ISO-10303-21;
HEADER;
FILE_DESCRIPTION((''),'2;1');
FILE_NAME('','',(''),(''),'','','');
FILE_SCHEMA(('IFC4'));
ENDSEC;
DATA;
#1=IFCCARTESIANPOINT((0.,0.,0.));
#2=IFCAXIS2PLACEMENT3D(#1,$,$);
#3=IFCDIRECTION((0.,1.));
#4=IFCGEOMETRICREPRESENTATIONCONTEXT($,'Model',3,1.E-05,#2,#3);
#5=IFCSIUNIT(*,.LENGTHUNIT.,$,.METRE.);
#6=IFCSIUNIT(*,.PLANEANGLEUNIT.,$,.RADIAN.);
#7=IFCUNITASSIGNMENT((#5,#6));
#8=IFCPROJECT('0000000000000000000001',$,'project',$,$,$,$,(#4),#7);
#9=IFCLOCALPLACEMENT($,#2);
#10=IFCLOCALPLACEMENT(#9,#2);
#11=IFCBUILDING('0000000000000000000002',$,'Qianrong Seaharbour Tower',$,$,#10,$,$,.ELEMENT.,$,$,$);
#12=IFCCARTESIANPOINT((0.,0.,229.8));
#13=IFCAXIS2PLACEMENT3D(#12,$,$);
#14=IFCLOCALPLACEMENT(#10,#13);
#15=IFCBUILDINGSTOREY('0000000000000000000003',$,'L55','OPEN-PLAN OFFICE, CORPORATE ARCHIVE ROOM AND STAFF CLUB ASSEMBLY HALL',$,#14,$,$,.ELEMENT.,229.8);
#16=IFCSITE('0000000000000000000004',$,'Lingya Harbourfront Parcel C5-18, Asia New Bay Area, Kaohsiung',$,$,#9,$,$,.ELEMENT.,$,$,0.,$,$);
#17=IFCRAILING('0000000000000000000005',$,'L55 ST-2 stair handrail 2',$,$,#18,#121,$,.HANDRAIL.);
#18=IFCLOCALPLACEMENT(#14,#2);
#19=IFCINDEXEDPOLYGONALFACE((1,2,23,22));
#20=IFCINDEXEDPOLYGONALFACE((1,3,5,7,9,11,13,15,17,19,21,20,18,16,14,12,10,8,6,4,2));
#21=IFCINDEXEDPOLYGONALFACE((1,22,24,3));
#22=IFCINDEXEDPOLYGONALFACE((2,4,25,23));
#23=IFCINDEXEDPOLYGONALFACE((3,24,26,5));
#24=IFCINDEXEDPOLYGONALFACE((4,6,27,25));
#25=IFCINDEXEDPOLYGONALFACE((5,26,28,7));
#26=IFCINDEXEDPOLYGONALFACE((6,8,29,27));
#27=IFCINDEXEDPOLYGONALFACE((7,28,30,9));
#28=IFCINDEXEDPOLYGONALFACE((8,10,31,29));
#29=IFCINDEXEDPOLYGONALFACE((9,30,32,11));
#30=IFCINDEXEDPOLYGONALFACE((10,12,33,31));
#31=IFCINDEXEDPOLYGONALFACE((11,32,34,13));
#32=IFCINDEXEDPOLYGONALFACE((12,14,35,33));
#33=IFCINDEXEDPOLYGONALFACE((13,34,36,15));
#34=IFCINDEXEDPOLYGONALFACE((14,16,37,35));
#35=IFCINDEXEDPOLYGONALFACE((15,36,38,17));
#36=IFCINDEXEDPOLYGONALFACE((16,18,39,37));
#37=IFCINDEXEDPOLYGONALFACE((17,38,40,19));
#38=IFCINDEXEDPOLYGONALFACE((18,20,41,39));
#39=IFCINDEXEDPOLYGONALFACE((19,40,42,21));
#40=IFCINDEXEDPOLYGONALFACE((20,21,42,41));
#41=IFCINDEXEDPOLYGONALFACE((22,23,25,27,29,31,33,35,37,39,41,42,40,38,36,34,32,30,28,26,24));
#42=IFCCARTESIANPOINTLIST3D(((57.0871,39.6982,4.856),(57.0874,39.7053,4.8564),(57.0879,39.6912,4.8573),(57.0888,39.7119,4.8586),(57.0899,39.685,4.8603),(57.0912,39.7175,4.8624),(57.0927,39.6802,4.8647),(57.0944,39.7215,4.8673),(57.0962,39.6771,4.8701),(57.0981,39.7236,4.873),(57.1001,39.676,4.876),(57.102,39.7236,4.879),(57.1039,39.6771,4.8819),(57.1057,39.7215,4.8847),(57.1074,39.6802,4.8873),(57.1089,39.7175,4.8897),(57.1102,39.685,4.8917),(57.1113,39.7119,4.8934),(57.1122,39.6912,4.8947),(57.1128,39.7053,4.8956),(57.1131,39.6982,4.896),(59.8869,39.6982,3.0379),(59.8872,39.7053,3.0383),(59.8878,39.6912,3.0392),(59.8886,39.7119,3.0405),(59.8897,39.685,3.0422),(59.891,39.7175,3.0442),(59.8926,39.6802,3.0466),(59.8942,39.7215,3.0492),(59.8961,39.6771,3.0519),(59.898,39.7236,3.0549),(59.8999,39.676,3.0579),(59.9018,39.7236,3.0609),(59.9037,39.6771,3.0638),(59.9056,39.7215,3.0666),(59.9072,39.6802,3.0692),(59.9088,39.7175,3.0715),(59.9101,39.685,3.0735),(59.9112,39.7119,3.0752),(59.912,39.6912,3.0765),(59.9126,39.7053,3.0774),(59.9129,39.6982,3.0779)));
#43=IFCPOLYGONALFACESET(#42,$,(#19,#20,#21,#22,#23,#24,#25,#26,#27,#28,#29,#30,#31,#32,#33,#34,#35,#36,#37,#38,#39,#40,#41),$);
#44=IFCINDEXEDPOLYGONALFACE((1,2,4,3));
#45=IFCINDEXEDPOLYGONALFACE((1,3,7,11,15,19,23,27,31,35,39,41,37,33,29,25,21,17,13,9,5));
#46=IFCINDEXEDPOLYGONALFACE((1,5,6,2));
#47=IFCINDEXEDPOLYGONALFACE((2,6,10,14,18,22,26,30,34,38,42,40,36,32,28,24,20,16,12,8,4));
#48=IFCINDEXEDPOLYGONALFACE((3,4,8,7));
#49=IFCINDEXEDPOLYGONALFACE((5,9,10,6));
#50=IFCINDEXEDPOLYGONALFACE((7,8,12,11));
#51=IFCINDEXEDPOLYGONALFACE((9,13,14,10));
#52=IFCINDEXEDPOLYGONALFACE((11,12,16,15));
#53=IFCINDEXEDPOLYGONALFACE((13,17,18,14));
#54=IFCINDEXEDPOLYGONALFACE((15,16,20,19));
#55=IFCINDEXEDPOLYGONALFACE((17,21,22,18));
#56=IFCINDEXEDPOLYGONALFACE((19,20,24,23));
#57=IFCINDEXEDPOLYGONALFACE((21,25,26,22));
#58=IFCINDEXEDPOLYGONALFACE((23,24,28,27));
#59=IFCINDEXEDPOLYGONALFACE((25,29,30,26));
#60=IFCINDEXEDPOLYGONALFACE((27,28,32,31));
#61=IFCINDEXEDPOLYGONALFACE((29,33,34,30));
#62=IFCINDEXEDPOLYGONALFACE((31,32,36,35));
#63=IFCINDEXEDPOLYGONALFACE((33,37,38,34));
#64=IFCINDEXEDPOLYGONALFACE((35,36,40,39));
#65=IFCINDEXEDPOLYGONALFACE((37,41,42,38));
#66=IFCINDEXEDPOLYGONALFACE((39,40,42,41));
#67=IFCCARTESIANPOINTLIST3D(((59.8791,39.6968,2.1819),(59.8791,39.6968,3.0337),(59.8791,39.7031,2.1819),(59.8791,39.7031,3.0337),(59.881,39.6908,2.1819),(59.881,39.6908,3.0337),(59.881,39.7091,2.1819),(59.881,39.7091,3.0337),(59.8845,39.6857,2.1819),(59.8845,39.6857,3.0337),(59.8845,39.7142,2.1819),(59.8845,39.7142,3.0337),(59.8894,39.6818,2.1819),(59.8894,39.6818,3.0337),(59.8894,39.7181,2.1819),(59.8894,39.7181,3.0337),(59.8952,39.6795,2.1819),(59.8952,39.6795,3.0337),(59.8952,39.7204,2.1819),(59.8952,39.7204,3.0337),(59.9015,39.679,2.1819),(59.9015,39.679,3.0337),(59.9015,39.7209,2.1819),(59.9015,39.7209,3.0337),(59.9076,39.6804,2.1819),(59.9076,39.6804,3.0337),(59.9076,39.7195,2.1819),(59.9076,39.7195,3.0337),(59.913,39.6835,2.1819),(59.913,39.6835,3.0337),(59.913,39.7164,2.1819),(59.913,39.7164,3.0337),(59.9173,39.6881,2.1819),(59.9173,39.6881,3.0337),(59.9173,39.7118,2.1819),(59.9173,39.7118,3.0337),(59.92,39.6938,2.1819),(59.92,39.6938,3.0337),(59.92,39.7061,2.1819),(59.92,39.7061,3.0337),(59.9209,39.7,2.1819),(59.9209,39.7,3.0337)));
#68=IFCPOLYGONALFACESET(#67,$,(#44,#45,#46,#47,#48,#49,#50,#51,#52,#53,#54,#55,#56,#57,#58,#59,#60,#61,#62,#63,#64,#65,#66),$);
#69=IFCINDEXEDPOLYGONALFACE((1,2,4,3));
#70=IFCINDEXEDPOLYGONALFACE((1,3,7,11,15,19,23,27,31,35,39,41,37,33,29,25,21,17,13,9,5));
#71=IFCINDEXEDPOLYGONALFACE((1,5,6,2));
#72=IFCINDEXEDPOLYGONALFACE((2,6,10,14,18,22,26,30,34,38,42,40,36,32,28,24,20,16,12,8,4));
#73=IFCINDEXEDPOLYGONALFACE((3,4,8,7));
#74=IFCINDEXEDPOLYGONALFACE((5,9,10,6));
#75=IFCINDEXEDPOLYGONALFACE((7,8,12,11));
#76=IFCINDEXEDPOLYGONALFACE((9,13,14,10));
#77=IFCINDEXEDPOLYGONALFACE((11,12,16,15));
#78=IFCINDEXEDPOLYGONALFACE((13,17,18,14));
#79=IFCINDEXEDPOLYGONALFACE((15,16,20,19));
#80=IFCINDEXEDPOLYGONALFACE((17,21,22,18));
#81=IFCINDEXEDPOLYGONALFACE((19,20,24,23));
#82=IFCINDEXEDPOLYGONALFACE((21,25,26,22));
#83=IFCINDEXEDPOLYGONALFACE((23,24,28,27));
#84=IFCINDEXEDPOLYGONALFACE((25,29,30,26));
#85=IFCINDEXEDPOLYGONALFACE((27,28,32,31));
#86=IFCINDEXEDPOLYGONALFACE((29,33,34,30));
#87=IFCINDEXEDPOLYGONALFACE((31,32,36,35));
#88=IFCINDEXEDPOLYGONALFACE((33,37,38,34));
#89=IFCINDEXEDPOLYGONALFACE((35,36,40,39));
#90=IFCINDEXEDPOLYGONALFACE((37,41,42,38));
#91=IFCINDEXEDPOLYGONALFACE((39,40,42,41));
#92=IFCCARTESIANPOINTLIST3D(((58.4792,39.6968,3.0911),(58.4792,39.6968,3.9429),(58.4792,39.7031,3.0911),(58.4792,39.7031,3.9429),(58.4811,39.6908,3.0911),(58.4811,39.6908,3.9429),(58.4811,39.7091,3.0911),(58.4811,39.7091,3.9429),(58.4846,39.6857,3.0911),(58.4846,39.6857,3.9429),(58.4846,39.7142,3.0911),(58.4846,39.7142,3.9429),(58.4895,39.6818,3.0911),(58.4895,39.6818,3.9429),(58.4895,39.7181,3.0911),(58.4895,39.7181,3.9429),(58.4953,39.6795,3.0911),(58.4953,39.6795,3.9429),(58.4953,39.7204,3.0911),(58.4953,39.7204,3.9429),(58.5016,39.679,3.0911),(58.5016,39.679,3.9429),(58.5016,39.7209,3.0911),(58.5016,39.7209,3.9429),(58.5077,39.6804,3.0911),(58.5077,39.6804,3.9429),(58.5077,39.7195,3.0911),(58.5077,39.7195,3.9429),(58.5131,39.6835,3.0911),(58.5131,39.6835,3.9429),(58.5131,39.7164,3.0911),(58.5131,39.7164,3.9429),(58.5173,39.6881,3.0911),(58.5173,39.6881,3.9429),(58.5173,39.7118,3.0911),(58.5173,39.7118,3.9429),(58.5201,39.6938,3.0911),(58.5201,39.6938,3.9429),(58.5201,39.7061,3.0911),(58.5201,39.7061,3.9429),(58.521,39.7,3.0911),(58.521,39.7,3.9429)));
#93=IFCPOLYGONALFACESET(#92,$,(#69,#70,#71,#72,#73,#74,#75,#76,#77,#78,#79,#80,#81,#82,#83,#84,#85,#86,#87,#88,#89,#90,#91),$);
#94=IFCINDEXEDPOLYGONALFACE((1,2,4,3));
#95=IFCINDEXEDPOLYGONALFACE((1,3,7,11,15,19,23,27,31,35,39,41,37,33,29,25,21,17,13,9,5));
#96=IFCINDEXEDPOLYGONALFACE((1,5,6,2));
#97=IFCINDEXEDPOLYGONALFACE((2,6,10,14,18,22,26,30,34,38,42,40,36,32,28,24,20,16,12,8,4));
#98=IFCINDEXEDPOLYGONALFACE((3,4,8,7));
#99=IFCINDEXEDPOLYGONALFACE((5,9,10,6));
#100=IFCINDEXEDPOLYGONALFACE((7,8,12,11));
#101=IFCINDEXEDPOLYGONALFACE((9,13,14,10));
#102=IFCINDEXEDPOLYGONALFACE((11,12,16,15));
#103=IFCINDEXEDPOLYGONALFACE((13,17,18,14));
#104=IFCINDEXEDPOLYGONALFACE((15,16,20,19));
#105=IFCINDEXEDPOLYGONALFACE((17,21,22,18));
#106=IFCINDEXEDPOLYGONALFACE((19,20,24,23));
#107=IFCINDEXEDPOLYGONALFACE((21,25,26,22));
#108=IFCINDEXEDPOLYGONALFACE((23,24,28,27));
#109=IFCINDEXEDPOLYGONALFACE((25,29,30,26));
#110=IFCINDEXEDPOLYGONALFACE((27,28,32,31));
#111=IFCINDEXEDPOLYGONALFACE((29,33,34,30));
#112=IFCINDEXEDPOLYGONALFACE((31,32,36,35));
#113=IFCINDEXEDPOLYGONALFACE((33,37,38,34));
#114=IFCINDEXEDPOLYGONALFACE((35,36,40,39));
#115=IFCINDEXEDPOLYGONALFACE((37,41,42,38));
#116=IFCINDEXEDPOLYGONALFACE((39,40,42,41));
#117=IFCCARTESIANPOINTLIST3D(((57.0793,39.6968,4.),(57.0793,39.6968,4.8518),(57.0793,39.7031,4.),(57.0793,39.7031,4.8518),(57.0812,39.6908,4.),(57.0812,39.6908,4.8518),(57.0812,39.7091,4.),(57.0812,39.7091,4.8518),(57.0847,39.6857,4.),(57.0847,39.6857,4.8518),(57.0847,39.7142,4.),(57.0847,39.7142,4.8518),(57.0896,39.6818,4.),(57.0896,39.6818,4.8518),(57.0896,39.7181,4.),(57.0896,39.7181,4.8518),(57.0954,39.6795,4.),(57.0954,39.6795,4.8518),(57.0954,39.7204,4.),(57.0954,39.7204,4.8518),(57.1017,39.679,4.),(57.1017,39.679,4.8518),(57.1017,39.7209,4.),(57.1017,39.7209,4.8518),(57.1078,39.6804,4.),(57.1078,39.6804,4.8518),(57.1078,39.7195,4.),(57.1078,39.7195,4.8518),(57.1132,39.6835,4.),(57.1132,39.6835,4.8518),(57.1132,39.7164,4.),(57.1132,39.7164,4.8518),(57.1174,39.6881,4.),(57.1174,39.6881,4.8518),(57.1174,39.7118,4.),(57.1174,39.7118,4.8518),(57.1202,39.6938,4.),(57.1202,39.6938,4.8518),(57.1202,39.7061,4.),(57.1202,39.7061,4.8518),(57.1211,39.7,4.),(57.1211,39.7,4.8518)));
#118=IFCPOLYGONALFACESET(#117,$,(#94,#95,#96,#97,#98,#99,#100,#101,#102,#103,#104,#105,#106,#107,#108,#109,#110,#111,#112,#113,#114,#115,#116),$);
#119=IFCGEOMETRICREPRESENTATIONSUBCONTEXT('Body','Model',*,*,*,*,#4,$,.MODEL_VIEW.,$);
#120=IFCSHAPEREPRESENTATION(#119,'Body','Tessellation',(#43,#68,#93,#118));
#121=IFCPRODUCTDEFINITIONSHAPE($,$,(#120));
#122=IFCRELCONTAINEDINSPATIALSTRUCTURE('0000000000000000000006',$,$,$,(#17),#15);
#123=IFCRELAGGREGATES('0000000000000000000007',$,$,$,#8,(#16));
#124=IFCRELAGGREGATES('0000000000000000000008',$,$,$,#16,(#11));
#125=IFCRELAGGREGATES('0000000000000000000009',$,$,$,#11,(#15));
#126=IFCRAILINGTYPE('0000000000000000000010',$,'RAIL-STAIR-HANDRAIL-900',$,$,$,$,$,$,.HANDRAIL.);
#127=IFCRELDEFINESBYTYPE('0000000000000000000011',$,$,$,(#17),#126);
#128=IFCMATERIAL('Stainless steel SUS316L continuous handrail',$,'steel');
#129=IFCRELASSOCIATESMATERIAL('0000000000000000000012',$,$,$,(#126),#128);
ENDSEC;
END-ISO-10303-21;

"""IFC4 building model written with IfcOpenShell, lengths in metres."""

from ifc_helpers import new_model, si_unit, direction, frame, origin, origin_2d, place, context, subcontext, project, spatial, circle, extrude, material, type_object, element, save


model = new_model("IFC4")

# Units and contexts
model_context = context("Model", 3, precision=1e-05, world=origin(), true_north=direction((0.0, 1.0)))
body_context = subcontext(model_context, "Body", "Model", "MODEL_VIEW")
ifc_project = project(units=[si_unit("LENGTHUNIT", "METRE"), si_unit("PLANEANGLEUNIT", "RADIAN")], contexts=[model_context])

# Site, building, storey
site_placement = place(None, origin())
site = spatial("IfcSite", under=ifc_project, at=site_placement, Name="Lingya Harbourfront Parcel C5-18, Asia New Bay Area, Kaohsiung", CompositionType="ELEMENT", RefElevation=0.0)
building_placement = place(site_placement, origin())
building = spatial("IfcBuilding", under=site, at=building_placement, Name="Qianrong Seaharbour Tower", CompositionType="ELEMENT")
storey_placement = place(building_placement, frame((0.0, 0.0, 229.8)))
storey = spatial("IfcBuildingStorey", under=building, at=storey_placement, Name="L55", Description="OPEN-PLAN OFFICE, CORPORATE ARCHIVE ROOM AND STAFF CLUB ASSEMBLY HALL", CompositionType="ELEMENT", Elevation=229.8)

# Railing
ifc_material_1 = material(Name="Stainless steel SUS316L continuous handrail", Category="steel")
railing_type_1 = type_object("IfcRailingType", Name="RAIL-STAIR-HANDRAIL-900", PredefinedType="HANDRAIL", material=ifc_material_1)
railing_1_placement = place(storey_placement, frame((59.8999, 39.7, 2.1819)))
element("IfcRailing", 1, at=railing_1_placement, inside=storey, type_object=railing_type_1, Name="L55 ST-2 stair handrail 2", PredefinedType="HANDRAIL", context=body_context, shape_type="SweptSolid", body=[
    extrude(circle(Radius=0.0239, at=origin_2d()), frame((0.0, 0.0, 0.876), z_axis=(-0.838684, 0.0, 0.544618), x_axis=(0.0, -1.0, 0.0)), (0.0, 0.0, 1.0), 3.3384),
    extrude(circle(Radius=0.021, at=origin_2d()), origin(), (0.0, 0.0, 1.0), 0.8518),
    extrude(circle(Radius=0.021, at=origin_2d()), frame((-1.3999, 0.0, 0.9092)), (0.0, 0.0, 1.0), 0.8518),
    extrude(circle(Radius=0.021, at=origin_2d()), frame((-2.7998, 0.0, 1.8181)), (0.0, 0.0, 1.0), 0.8518),
])

save(model, "model.ifc")
